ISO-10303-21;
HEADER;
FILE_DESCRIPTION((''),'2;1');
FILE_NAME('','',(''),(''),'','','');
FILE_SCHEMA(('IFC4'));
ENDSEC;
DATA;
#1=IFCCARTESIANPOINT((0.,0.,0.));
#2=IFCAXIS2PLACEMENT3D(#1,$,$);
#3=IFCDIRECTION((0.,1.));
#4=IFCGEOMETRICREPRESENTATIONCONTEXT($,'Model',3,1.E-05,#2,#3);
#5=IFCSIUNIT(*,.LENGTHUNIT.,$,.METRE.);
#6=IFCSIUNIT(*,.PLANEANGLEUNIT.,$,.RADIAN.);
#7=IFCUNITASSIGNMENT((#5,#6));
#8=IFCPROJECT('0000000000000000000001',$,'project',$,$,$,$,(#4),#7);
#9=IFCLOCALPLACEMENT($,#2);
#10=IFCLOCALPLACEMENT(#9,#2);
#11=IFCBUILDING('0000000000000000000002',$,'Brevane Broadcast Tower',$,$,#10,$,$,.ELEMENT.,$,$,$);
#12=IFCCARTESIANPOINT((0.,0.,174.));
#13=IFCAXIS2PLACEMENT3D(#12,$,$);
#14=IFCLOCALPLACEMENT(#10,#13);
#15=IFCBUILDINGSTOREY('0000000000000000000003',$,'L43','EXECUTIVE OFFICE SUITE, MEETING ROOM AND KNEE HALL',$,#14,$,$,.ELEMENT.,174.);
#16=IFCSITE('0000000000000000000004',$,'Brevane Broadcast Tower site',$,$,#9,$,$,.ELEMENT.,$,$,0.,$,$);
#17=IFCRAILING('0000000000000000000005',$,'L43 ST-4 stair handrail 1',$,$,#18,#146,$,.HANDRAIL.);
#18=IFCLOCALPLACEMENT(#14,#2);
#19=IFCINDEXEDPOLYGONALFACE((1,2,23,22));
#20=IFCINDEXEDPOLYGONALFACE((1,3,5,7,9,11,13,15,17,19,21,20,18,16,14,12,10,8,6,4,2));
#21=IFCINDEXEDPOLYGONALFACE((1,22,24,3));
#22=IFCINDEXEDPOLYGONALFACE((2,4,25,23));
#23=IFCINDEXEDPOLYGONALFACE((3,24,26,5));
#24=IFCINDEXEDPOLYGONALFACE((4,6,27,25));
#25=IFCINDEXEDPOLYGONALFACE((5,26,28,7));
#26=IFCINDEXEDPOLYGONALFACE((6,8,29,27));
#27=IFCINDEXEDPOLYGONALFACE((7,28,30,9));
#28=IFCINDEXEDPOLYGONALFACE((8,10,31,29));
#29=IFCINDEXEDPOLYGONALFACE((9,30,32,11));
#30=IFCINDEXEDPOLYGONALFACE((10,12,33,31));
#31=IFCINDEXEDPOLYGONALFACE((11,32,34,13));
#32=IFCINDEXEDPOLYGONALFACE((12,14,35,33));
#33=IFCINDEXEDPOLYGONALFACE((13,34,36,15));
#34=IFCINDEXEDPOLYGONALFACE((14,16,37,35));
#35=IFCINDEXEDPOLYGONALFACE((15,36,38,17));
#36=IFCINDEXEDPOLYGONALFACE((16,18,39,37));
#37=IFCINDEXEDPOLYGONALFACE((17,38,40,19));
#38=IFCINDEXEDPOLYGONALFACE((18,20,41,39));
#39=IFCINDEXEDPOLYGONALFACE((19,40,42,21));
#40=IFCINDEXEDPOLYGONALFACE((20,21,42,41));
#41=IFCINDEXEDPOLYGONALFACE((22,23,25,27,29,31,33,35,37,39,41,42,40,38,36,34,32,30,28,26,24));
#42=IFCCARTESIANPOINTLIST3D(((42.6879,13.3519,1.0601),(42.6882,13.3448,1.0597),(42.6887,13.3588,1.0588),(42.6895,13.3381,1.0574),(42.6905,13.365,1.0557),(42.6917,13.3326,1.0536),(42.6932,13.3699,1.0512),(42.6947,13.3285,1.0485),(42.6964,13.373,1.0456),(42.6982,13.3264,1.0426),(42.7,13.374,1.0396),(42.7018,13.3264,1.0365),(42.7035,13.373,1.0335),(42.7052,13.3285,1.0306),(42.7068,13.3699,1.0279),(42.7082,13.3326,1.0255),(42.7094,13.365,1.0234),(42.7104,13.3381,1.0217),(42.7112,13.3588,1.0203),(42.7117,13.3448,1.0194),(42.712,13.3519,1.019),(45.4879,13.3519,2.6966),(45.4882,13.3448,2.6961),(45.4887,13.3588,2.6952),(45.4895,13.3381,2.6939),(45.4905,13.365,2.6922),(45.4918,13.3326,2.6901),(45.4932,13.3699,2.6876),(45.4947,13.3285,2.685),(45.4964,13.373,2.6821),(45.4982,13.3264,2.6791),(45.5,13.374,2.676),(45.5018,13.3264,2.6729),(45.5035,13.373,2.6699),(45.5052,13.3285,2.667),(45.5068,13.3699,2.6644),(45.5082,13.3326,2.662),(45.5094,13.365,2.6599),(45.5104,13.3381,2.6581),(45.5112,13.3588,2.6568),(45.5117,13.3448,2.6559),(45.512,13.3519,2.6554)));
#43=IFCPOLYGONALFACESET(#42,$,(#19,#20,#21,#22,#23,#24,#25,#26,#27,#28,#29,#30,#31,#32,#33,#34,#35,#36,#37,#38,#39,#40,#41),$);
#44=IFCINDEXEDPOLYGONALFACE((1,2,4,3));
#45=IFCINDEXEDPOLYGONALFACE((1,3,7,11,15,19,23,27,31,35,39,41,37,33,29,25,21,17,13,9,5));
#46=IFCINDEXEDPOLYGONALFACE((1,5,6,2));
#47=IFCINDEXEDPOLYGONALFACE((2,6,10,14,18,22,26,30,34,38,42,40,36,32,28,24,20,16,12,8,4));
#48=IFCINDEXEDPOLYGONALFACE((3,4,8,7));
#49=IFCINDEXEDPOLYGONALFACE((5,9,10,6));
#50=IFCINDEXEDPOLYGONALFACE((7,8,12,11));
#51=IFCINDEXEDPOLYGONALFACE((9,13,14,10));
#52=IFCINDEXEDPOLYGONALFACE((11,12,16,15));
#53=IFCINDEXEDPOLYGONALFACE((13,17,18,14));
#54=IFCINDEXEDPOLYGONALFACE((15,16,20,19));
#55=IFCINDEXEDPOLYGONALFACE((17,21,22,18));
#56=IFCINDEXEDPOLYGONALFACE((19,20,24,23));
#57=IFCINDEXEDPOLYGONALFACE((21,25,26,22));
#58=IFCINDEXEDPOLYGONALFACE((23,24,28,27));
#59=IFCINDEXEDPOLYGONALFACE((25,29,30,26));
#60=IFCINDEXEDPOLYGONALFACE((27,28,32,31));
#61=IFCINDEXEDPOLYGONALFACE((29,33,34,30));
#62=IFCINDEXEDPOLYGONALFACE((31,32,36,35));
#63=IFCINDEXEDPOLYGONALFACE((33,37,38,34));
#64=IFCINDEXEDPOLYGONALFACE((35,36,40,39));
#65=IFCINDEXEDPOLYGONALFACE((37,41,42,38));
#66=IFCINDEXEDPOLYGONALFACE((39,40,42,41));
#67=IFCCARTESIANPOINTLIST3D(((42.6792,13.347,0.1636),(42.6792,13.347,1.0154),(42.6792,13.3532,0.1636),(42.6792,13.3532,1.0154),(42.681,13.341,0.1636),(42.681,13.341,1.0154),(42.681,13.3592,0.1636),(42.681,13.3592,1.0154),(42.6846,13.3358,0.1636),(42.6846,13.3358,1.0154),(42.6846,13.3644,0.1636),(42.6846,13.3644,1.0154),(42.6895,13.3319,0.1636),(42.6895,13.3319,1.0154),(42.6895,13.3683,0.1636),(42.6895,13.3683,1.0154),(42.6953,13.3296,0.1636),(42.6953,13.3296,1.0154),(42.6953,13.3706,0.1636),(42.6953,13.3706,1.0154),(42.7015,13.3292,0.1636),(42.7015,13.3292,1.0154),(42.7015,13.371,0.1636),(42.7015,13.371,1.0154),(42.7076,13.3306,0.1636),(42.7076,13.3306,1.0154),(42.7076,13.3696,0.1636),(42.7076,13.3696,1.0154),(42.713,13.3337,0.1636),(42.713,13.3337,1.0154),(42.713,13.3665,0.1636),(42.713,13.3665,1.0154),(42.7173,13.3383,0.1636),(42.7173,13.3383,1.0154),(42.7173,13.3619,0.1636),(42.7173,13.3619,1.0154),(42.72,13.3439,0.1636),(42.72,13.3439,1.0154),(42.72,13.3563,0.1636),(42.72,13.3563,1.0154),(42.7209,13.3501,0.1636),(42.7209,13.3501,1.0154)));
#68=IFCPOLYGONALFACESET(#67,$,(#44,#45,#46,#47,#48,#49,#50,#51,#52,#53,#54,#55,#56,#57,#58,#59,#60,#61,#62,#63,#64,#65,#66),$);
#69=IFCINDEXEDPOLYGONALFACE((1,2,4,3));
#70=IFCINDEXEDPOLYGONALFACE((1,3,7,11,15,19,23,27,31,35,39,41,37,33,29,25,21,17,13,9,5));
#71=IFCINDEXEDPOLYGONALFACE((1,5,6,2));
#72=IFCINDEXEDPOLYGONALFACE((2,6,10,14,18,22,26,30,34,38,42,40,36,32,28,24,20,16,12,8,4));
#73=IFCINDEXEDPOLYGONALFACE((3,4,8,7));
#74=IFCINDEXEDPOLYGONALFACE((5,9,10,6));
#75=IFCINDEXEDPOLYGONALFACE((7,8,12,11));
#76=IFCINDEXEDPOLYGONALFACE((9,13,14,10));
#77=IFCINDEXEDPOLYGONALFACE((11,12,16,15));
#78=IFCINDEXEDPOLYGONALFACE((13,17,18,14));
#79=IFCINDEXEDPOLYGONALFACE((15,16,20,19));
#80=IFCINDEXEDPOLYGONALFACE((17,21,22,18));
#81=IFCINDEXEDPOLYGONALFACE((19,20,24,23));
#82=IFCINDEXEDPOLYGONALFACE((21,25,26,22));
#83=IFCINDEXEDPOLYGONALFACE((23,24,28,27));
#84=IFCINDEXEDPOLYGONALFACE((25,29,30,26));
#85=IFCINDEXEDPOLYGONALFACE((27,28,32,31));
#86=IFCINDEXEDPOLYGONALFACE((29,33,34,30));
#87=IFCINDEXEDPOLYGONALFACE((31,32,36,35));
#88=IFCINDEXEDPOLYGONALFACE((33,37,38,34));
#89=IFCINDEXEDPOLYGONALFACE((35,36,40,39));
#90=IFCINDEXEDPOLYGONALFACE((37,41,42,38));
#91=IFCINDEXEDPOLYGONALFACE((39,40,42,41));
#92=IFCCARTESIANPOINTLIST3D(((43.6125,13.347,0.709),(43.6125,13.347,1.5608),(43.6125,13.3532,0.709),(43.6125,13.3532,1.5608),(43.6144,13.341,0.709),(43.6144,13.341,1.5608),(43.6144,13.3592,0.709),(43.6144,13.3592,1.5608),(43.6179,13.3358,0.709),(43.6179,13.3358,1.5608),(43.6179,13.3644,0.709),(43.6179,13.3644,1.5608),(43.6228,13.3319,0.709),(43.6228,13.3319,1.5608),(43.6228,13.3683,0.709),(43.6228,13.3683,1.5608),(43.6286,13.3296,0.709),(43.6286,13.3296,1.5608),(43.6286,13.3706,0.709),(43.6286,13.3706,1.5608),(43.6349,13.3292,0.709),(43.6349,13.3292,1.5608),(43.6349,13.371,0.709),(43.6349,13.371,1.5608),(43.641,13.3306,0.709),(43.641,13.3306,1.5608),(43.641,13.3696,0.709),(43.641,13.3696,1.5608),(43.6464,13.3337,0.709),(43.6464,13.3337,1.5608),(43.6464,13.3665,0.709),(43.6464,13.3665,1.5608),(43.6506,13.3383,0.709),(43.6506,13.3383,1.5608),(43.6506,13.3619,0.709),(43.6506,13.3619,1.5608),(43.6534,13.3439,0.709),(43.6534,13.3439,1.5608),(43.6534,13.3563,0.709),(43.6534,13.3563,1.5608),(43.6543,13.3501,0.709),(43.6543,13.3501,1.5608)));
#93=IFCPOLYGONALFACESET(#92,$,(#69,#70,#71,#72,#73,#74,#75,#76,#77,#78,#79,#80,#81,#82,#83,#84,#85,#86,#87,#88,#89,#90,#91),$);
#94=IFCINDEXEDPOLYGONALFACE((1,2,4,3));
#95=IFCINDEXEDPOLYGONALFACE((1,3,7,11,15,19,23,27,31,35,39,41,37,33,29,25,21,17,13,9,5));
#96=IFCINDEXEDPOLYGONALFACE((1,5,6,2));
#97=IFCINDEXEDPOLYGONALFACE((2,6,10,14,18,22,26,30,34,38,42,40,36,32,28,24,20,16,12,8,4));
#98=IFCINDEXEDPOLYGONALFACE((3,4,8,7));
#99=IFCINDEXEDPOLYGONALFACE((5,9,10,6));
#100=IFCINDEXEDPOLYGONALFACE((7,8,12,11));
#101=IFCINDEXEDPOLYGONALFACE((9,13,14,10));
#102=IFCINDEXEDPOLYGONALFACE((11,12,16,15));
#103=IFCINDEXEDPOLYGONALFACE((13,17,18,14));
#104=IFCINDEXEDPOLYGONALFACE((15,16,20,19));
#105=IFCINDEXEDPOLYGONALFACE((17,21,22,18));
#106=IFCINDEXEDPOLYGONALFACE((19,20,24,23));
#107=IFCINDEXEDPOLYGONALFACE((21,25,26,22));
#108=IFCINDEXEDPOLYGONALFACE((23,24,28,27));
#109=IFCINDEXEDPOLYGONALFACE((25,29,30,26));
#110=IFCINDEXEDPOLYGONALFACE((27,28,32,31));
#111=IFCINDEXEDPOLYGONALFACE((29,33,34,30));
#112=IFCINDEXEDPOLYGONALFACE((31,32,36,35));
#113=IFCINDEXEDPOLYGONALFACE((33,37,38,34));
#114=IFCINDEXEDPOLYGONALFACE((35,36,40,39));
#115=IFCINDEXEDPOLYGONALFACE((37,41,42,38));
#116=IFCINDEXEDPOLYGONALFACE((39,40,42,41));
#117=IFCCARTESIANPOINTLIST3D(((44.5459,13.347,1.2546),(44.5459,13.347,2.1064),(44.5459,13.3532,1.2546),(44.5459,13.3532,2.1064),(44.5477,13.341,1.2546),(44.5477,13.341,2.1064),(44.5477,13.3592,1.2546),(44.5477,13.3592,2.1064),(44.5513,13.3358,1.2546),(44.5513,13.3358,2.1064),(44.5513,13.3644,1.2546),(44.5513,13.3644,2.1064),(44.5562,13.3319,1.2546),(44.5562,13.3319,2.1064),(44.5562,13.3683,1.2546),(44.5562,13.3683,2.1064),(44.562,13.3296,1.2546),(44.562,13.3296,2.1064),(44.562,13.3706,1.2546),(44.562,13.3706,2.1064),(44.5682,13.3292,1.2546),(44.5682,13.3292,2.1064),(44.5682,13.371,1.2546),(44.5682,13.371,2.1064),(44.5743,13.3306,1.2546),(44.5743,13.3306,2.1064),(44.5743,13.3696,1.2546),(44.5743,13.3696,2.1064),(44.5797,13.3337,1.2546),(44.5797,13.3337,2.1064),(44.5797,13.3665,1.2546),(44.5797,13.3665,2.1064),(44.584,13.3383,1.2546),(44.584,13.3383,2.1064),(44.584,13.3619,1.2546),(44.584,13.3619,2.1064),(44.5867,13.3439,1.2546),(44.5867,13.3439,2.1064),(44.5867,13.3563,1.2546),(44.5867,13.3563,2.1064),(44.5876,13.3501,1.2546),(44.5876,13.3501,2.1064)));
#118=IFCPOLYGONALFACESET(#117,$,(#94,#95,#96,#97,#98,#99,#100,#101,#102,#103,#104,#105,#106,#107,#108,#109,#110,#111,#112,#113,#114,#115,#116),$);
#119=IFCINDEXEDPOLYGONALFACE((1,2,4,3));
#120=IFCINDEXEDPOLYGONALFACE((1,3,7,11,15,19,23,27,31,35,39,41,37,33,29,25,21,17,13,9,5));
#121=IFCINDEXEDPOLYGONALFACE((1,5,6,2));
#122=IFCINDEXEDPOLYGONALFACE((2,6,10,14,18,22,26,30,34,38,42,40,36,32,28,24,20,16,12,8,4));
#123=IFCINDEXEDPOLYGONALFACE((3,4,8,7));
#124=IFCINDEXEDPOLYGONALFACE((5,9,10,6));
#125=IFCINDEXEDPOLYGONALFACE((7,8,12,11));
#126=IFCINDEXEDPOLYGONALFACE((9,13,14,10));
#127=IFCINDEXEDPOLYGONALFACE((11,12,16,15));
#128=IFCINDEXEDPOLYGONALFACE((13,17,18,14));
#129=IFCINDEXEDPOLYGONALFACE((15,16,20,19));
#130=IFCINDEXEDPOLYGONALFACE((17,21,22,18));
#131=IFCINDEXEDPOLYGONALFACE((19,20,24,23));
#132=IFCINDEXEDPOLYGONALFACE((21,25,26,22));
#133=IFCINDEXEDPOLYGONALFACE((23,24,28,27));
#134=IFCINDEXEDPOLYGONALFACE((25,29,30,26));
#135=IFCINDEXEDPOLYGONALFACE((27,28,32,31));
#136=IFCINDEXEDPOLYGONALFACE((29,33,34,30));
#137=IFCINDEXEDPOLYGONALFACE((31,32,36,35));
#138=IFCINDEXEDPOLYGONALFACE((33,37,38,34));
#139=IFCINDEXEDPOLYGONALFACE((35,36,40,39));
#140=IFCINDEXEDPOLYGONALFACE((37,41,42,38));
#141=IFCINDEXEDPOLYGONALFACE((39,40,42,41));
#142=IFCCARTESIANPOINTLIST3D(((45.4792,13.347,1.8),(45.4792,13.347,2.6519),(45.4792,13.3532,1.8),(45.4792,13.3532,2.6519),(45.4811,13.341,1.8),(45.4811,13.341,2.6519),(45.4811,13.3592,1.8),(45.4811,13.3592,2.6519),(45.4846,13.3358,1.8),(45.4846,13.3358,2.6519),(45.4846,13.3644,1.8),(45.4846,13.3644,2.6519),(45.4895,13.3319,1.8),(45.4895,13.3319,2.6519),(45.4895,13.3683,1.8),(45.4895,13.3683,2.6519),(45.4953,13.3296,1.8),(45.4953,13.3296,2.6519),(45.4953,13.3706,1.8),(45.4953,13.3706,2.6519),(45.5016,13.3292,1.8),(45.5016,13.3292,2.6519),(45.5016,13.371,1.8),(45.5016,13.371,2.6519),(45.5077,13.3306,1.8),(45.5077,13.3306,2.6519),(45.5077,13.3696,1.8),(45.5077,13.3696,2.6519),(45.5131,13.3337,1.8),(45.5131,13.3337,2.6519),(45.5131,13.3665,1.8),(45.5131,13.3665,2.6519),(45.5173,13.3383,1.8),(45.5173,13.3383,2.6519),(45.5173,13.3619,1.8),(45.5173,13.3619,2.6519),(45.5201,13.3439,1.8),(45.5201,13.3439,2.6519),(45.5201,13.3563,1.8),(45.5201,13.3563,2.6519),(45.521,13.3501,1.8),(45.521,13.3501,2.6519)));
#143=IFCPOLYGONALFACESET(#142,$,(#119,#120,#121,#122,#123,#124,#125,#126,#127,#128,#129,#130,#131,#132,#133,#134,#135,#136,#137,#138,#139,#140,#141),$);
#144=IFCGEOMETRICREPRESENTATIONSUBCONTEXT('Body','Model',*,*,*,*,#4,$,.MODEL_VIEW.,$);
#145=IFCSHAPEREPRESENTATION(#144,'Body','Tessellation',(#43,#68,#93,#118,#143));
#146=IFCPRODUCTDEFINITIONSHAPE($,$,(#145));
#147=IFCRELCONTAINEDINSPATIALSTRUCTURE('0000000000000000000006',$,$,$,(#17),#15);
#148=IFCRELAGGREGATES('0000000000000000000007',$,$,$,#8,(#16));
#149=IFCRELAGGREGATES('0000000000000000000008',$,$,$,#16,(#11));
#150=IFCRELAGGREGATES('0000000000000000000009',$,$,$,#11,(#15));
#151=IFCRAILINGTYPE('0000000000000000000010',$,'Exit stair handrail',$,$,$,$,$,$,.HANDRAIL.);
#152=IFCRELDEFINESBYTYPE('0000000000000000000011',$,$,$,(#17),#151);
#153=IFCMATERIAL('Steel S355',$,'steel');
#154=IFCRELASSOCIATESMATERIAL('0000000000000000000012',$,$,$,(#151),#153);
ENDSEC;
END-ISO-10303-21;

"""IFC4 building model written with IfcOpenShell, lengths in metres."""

from ifc_helpers import new_model, si_unit, direction, frame, origin, origin_2d, place, context, subcontext, project, spatial, circle, extrude, material, type_object, element, save


model = new_model("IFC4")

# Units and contexts
model_context = context("Model", 3, precision=1e-05, world=origin(), true_north=direction((0.0, 1.0)))
body_context = subcontext(model_context, "Body", "Model", "MODEL_VIEW")
ifc_project = project(units=[si_unit("LENGTHUNIT", "METRE"), si_unit("PLANEANGLEUNIT", "RADIAN")], contexts=[model_context])

# Site, building, storey
site_placement = place(None, origin())
site = spatial("IfcSite", under=ifc_project, at=site_placement, Name="Brevane Broadcast Tower site", CompositionType="ELEMENT", RefElevation=0.0)
building_placement = place(site_placement, origin())
building = spatial("IfcBuilding", under=site, at=building_placement, Name="Brevane Broadcast Tower", CompositionType="ELEMENT")
storey_placement = place(building_placement, frame((0.0, 0.0, 174.0)))
storey = spatial("IfcBuildingStorey", under=building, at=storey_placement, Name="L43", Description="EXECUTIVE OFFICE SUITE, MEETING ROOM AND KNEE HALL", CompositionType="ELEMENT", Elevation=174.0)

# Railing
ifc_material_1 = material(Name="Steel S355", Category="steel")
railing_type_1 = type_object("IfcRailingType", Name="Exit stair handrail", PredefinedType="HANDRAIL", material=ifc_material_1)
railing_1_placement = place(storey_placement, frame((42.7, 13.3501, 0.1636)))
element("IfcRailing", 1, at=railing_1_placement, inside=storey, type_object=railing_type_1, Name="L43 ST-4 stair handrail 1", PredefinedType="HANDRAIL", context=body_context, shape_type="SweptSolid", body=[
    extrude(circle(Radius=0.0239, at=origin_2d()), frame((0.0, 0.0, 0.876), z_axis=(0.863361, 0.0, 0.504587), x_axis=(0.0, 1.0, 0.0)), (0.0, 0.0, 1.0), 3.2432),
    extrude(circle(Radius=0.021, at=origin_2d()), origin(), (0.0, 0.0, 1.0), 0.8518),
    extrude(circle(Radius=0.021, at=origin_2d()), frame((0.9333, 0.0, 0.5454)), (0.0, 0.0, 1.0), 0.8518),
    extrude(circle(Radius=0.021, at=origin_2d()), frame((1.8667, 0.0, 1.0911)), (0.0, 0.0, 1.0), 0.8518),
    extrude(circle(Radius=0.021, at=origin_2d()), frame((2.8, 0.0, 1.6365)), (0.0, 0.0, 1.0), 0.8518),
])

save(model, "model.ifc")
